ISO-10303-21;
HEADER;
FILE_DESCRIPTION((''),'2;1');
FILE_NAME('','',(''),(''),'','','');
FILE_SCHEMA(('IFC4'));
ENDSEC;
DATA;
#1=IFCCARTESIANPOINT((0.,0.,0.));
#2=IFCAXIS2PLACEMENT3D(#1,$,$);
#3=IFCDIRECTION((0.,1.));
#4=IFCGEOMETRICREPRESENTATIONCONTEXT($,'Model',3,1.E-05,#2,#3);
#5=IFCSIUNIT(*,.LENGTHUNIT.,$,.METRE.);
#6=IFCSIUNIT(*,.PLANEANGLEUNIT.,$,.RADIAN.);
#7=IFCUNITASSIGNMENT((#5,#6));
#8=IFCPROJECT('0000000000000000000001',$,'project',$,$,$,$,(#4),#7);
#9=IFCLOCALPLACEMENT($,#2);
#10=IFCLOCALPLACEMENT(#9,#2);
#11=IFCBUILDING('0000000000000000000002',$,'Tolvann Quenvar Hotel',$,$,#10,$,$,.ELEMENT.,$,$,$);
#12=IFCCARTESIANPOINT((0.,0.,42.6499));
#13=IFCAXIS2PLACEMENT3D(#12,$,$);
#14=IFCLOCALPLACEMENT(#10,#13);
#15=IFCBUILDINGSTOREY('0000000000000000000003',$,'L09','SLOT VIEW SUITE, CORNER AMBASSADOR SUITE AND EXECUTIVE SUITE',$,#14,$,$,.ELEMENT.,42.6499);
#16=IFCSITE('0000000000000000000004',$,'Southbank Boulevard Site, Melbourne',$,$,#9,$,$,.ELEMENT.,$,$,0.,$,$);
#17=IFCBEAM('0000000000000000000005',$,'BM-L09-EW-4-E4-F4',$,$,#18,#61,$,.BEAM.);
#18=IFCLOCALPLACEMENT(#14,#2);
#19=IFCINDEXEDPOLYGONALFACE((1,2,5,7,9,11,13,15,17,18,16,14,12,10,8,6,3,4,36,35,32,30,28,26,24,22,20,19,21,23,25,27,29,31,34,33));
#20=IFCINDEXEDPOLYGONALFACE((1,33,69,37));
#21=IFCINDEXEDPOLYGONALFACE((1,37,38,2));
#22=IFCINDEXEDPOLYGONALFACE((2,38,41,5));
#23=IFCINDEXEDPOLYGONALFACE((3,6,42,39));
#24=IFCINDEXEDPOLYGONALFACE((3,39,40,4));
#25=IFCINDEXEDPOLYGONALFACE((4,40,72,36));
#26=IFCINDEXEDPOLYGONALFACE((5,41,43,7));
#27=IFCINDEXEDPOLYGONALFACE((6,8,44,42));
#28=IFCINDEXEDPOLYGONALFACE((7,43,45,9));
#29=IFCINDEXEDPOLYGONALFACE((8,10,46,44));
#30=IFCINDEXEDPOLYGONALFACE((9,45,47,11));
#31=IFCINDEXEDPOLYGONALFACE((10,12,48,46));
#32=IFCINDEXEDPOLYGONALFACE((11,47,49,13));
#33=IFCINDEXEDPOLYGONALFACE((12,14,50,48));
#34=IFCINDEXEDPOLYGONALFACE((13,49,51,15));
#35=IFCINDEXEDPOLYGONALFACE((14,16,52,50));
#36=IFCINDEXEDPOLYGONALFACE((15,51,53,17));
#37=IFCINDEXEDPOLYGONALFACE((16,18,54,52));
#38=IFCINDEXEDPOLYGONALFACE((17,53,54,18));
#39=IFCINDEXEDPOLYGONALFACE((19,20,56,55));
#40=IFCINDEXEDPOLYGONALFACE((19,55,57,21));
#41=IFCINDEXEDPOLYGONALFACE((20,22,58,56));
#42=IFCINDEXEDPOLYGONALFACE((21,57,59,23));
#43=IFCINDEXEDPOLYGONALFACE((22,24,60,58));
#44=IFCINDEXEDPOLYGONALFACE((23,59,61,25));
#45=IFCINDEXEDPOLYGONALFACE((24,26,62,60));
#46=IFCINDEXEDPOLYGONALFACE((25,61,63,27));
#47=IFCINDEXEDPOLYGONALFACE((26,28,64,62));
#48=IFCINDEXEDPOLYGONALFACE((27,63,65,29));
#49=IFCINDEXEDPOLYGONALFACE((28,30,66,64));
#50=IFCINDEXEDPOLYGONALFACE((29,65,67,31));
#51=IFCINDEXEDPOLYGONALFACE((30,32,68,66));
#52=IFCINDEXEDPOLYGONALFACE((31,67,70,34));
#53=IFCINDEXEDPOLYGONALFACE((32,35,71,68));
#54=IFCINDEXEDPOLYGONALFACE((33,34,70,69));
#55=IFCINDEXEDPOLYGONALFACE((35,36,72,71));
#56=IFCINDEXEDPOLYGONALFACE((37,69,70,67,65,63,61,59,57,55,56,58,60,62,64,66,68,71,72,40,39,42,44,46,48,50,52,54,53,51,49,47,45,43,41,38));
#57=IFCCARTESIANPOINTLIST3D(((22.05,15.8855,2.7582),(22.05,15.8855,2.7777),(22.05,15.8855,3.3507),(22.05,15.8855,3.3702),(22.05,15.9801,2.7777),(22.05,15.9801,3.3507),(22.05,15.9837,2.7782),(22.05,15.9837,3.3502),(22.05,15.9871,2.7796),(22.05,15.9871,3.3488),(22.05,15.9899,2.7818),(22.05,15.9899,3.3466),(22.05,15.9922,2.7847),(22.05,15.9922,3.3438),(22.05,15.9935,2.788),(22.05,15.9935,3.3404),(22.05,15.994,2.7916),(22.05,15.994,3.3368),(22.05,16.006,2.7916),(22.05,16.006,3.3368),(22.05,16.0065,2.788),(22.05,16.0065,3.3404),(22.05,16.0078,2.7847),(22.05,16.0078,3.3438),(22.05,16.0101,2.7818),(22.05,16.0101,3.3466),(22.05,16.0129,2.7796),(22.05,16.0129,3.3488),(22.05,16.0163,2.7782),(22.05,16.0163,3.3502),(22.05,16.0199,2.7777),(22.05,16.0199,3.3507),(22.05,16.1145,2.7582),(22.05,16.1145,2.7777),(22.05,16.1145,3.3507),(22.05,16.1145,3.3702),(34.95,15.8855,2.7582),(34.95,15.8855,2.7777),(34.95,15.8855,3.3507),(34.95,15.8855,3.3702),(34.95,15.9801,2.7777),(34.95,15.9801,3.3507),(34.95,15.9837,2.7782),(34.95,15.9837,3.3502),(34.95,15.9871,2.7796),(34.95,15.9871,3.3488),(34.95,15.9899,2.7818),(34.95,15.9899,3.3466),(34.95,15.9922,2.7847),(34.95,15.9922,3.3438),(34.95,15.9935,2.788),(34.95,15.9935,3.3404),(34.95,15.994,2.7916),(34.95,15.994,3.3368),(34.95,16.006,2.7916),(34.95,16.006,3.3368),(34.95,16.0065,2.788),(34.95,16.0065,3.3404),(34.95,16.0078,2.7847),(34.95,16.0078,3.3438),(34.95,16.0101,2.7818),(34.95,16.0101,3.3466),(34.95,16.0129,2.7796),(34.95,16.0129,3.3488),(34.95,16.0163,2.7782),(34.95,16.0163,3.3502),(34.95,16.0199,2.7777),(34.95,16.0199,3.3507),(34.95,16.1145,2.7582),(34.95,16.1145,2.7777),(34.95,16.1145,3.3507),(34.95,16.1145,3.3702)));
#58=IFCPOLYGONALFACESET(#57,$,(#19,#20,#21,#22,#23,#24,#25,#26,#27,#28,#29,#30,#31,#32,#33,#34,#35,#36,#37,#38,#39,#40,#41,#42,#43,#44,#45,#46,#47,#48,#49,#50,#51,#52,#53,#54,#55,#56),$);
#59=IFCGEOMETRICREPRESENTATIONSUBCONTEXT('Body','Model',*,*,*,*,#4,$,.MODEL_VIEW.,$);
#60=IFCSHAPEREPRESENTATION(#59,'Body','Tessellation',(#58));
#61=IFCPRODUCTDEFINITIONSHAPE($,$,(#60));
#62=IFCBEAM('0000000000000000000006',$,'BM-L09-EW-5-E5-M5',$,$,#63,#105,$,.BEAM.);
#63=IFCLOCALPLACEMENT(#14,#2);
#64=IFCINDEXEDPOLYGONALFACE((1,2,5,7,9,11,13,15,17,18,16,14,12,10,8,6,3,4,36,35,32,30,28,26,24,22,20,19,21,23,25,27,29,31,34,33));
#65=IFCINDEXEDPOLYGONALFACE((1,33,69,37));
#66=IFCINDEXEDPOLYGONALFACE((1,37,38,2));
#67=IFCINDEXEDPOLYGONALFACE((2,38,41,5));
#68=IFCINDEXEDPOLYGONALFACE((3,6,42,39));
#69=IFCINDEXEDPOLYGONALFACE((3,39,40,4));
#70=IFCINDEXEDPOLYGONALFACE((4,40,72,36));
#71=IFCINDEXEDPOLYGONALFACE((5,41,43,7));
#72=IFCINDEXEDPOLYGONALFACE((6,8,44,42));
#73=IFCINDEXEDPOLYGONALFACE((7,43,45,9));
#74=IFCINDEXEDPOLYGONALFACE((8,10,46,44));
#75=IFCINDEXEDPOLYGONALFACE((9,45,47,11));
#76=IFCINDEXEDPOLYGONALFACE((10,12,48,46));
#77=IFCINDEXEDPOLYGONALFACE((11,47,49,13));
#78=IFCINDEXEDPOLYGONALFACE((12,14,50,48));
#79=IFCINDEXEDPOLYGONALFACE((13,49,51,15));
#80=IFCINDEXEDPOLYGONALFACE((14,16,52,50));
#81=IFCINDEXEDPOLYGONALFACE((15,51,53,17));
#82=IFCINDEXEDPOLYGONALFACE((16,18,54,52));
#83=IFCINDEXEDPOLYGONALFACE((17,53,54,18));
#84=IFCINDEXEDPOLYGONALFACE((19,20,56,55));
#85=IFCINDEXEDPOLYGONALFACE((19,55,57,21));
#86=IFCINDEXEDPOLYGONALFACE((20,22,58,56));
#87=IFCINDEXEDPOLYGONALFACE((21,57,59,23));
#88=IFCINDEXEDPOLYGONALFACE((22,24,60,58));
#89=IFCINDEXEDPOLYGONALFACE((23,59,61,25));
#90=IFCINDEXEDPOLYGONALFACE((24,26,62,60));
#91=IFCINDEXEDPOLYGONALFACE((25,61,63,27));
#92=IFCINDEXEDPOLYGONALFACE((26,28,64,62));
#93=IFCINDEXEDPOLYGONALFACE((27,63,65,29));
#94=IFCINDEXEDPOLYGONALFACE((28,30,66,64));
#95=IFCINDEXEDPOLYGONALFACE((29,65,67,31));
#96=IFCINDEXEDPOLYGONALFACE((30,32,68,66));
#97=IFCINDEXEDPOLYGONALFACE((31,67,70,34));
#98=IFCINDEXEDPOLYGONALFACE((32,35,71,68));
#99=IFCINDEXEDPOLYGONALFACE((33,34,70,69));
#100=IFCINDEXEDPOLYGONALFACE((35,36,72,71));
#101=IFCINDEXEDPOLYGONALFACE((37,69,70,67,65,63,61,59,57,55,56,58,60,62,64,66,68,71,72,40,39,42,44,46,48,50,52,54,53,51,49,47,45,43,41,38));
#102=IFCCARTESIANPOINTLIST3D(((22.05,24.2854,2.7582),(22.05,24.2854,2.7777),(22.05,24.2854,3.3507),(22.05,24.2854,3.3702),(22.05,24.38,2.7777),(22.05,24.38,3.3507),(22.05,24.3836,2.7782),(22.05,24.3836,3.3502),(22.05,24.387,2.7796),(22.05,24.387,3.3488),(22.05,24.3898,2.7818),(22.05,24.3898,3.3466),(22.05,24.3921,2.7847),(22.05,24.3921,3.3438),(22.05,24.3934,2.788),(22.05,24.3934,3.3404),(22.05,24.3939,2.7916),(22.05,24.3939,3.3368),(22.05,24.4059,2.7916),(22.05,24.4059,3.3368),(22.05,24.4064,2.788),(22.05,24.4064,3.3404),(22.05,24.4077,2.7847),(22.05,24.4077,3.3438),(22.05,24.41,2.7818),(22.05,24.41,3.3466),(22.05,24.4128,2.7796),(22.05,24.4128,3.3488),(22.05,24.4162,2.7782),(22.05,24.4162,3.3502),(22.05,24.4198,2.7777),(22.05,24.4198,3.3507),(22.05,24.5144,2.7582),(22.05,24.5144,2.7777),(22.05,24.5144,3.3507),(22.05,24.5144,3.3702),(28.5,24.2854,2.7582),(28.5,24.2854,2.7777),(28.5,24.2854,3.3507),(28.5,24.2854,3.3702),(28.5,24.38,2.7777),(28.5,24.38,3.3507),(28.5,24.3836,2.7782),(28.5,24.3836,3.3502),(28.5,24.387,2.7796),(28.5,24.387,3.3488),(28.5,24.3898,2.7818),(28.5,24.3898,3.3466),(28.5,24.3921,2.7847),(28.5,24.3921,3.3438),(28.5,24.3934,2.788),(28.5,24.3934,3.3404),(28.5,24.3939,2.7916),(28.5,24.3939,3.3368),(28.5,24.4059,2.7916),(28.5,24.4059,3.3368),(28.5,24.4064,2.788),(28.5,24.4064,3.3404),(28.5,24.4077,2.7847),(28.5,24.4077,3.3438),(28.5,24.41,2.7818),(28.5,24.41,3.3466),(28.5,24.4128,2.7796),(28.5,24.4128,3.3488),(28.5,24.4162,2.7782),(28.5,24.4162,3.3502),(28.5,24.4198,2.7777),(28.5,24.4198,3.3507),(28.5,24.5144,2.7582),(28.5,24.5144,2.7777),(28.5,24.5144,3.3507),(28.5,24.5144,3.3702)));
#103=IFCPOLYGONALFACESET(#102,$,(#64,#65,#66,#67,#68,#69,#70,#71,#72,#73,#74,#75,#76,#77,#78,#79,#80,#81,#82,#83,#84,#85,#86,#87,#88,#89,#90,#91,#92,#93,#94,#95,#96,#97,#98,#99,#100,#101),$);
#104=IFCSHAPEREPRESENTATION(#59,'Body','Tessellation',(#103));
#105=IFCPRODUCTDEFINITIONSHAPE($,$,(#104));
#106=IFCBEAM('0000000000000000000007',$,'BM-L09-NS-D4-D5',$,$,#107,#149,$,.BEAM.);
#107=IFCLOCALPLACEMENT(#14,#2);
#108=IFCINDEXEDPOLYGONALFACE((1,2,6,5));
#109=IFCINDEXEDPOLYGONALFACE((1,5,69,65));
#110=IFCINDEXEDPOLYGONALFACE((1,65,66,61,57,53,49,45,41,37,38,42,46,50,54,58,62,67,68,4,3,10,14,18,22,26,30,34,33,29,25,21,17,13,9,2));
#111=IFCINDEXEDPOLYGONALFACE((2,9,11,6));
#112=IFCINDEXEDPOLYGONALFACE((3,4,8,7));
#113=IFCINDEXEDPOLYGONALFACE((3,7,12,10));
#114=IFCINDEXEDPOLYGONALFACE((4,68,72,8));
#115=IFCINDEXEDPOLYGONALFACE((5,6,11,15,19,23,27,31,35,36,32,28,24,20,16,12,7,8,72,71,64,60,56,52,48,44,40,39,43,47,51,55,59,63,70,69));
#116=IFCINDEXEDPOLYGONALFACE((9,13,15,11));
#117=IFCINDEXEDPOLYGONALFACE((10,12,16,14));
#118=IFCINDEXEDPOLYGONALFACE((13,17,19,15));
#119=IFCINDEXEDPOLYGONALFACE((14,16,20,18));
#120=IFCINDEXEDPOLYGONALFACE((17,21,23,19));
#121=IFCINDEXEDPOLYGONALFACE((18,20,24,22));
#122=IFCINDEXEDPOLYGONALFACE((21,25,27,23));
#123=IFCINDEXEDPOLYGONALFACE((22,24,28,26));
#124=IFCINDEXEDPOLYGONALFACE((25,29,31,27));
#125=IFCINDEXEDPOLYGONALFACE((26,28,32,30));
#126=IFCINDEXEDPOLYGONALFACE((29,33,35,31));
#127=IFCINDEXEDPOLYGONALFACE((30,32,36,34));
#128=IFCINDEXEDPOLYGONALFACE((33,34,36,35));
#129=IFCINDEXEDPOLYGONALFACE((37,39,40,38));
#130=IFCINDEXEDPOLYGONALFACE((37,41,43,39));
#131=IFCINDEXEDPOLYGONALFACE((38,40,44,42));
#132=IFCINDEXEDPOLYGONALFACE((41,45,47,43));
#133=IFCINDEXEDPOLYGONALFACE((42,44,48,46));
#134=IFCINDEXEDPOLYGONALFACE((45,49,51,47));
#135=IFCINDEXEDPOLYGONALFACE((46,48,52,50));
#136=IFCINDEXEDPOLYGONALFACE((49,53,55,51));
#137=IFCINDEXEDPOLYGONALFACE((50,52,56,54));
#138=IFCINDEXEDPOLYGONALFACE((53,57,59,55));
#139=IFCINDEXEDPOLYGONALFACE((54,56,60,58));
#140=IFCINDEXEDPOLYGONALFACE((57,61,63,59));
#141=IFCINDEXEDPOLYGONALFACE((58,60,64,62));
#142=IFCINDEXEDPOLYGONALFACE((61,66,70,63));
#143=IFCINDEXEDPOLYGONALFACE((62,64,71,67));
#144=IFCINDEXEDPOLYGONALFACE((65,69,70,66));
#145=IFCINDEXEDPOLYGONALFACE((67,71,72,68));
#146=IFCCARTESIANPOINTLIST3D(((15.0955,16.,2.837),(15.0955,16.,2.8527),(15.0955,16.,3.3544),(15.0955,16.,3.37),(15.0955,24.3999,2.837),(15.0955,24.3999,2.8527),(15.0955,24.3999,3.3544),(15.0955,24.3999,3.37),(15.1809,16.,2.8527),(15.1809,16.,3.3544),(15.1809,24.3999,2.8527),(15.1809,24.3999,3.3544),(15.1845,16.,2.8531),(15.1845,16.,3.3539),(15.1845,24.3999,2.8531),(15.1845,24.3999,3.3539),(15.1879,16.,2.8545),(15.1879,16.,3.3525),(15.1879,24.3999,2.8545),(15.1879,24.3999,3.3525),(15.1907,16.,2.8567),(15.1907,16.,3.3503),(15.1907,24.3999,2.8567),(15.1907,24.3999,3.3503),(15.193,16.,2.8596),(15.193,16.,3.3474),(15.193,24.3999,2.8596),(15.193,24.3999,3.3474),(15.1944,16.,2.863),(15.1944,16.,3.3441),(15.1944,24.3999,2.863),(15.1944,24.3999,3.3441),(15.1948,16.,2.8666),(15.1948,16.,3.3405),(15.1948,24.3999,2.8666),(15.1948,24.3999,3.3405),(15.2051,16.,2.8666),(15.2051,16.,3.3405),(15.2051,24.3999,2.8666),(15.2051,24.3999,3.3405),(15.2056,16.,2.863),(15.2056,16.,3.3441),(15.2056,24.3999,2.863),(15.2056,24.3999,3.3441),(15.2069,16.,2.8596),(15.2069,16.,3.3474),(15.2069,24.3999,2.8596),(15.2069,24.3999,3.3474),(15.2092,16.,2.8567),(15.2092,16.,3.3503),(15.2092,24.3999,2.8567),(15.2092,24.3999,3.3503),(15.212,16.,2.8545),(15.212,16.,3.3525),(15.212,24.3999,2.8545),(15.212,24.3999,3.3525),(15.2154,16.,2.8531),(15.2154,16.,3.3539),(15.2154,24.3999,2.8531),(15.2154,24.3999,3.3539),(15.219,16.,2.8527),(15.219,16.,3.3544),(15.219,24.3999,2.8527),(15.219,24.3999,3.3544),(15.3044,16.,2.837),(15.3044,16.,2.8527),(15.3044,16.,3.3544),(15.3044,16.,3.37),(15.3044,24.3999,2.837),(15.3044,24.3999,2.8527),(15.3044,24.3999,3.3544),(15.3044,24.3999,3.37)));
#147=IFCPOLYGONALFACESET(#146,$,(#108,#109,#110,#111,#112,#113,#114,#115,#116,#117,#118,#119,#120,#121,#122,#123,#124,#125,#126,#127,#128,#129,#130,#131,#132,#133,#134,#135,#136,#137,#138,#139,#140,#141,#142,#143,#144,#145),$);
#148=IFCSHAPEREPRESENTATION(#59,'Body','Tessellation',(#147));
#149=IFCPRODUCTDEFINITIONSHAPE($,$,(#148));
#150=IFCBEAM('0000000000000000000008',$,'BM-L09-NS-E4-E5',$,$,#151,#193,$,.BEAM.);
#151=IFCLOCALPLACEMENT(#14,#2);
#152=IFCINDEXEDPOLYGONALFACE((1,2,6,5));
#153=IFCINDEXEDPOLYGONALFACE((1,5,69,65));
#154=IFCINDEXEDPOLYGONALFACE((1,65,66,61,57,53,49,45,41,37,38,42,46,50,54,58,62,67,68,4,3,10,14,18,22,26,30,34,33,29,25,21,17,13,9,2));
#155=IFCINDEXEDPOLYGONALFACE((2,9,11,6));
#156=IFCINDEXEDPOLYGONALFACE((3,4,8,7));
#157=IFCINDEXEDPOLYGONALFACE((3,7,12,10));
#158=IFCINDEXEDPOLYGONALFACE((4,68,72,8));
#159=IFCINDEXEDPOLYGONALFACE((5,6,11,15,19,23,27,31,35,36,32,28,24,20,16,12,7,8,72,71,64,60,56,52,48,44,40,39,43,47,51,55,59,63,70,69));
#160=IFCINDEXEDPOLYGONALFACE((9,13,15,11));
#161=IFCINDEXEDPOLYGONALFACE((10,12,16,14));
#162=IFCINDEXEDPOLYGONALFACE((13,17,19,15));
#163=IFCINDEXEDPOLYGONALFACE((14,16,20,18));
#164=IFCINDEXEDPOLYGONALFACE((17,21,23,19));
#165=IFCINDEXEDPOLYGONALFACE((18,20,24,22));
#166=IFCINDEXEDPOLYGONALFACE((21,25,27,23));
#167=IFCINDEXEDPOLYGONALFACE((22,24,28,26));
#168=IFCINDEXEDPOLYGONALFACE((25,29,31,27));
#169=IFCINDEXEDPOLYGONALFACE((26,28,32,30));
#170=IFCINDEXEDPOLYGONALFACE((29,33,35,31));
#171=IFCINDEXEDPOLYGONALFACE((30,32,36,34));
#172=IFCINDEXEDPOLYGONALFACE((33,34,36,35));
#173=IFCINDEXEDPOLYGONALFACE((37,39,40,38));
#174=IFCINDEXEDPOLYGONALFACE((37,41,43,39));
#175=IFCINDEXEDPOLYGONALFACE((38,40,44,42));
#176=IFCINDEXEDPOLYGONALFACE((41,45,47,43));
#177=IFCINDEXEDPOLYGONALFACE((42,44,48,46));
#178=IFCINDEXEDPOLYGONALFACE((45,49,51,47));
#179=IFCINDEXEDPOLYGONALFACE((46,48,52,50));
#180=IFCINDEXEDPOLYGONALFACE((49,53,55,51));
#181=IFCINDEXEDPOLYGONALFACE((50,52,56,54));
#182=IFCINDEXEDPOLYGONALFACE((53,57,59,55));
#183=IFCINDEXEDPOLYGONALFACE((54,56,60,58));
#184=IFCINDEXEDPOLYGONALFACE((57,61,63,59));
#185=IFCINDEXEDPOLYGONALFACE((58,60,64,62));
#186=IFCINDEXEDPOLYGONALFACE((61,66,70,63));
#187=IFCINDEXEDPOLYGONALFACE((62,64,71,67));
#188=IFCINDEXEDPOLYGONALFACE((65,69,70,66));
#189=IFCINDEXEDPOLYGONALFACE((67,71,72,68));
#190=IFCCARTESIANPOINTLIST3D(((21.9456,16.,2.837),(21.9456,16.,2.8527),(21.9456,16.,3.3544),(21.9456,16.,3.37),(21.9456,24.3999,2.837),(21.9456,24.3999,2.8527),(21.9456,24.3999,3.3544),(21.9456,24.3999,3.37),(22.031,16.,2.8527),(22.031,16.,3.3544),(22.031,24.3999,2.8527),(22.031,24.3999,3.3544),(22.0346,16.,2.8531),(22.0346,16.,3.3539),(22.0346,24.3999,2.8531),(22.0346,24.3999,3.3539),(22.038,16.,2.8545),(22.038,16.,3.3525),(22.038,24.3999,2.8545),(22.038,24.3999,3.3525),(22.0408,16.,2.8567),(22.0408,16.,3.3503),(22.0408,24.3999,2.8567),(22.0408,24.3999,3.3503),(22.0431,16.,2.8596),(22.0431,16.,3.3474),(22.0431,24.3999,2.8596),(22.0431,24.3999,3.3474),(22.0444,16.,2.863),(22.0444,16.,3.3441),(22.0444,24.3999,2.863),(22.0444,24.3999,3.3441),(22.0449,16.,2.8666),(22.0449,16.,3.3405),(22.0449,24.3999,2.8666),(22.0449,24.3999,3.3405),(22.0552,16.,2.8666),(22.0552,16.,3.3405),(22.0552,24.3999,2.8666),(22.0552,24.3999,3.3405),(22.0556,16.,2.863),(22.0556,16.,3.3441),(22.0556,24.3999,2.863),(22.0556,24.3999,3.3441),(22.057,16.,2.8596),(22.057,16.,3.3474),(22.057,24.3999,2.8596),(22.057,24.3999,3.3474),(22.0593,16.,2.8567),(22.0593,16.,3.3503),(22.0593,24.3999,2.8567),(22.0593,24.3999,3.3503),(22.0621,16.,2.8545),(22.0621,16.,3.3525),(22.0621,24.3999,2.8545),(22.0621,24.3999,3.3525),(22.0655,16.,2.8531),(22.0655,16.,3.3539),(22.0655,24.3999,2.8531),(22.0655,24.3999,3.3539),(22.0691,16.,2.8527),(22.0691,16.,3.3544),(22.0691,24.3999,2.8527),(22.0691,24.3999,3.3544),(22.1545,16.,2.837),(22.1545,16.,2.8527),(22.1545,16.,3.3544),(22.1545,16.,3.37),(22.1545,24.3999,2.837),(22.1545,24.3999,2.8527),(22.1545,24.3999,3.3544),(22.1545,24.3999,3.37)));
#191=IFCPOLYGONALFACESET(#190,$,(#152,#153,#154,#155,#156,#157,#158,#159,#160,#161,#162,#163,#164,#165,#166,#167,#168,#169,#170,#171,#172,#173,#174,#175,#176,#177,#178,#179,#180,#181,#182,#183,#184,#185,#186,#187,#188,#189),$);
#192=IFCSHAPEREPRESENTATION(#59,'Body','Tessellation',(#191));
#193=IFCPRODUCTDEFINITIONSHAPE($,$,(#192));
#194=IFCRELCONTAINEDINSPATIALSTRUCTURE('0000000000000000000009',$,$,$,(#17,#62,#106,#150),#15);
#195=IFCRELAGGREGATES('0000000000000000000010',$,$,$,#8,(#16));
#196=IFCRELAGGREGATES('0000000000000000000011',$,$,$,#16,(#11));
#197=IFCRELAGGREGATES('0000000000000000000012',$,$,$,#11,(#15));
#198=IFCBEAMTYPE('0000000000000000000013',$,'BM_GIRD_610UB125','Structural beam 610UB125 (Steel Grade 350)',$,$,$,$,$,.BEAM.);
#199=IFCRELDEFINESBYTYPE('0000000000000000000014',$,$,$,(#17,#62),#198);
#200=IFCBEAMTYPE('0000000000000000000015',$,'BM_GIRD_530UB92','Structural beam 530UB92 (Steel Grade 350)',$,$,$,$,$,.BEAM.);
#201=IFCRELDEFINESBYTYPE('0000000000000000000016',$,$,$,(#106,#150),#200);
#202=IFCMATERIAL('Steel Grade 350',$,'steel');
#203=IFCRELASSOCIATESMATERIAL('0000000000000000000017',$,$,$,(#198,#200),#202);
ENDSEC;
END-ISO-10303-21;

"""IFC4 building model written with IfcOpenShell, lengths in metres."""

from ifc_helpers import new_model, si_unit, direction, frame, origin, origin_2d, place, context, subcontext, project, spatial, i_section, extrude, source, transform, mapped, material, material_profile, profile_set, type_object, type_shapes, element, save


model = new_model("IFC4")

# Units and contexts
model_context = context("Model", 3, precision=1e-05, world=origin(), true_north=direction((0.0, 1.0)))
body_context = subcontext(model_context, "Body", "Model", "MODEL_VIEW")
ifc_project = project(units=[si_unit("LENGTHUNIT", "METRE"), si_unit("PLANEANGLEUNIT", "RADIAN")], contexts=[model_context])

# Site, building, storey
site_placement = place(None, origin())
site = spatial("IfcSite", under=ifc_project, at=site_placement, Name="Southbank Boulevard Site, Melbourne", CompositionType="ELEMENT", RefElevation=0.0)
building_placement = place(site_placement, origin())
building = spatial("IfcBuilding", under=site, at=building_placement, Name="Tolvann Quenvar Hotel", CompositionType="ELEMENT")
storey_placement = place(building_placement, frame((0.0, 0.0, 42.6499)))
storey = spatial("IfcBuildingStorey", under=building, at=storey_placement, Name="L09", Description="SLOT VIEW SUITE, CORNER AMBASSADOR SUITE AND EXECUTIVE SUITE", CompositionType="ELEMENT", Elevation=42.6499)

# Shared definitions
ifc_material_1 = material(Name="Steel Grade 350", Category="steel")

# Beams
ifc_material_profile_1 = material_profile(ifc_material_1, i_section(OverallWidth=0.229, OverallDepth=0.6121, WebThickness=0.012, FlangeThickness=0.0195, FilletRadius=0.0139, at=origin_2d()), Name="610UB125")
ifc_profile_set_1 = profile_set([ifc_material_profile_1], Name="Steel Grade 350")
beam_type_1 = type_object("IfcBeamType", Name="BM_GIRD_610UB125", Description="Structural beam 610UB125 (Steel Grade 350)", PredefinedType="BEAM", material=ifc_profile_set_1)
shared_shape_1 = source(origin(), body_context, "Body", "SweptSolid", [
    extrude(i_section(OverallWidth=0.229, OverallDepth=0.6121, WebThickness=0.012, FlangeThickness=0.0195, FilletRadius=0.0139, at=origin_2d()), origin(), (0.0, 0.0, 1.0), 12.8999),
])
beam_1_placement = place(storey_placement, frame((22.05, 16.0, 3.0642), z_axis=(1.0, 0.0, 0.0), x_axis=(0.0, 1.0, 0.0)))
element("IfcBeam", 1, at=beam_1_placement, inside=storey, type_object=beam_type_1, Name="BM-L09-EW-4-E4-F4", PredefinedType="BEAM", context=body_context, shape_type="MappedRepresentation", body=[
    mapped(shared_shape_1, transform((0.0, 0.0, 0.0), x_axis=(1.0, 0.0, 0.0), y_axis=(0.0, 1.0, 0.0), z_axis=(0.0, 0.0, 1.0), scale=1.0)),
])
shared_shape_2 = source(origin(), body_context, "Body", "SweptSolid", [
    extrude(i_section(OverallWidth=0.229, OverallDepth=0.6121, WebThickness=0.012, FlangeThickness=0.0195, FilletRadius=0.0139, at=origin_2d()), origin(), (0.0, 0.0, 1.0), 6.45),
])
beam_2_placement = place(storey_placement, frame((22.05, 24.3999, 3.0642), z_axis=(1.0, 0.0, 0.0), x_axis=(0.0, 1.0, 0.0)))
element("IfcBeam", 2, at=beam_2_placement, inside=storey, type_object=beam_type_1, Name="BM-L09-EW-5-E5-M5", PredefinedType="BEAM", context=body_context, shape_type="MappedRepresentation", body=[
    mapped(shared_shape_2, transform((0.0, 0.0, 0.0), x_axis=(1.0, 0.0, 0.0), y_axis=(0.0, 1.0, 0.0), z_axis=(0.0, 0.0, 1.0), scale=1.0)),
])
ifc_material_profile_2 = material_profile(ifc_material_1, i_section(OverallWidth=0.209, OverallDepth=0.533, WebThickness=0.0103, FlangeThickness=0.0156, FilletRadius=0.0139, at=origin_2d()), Name="530UB92")
ifc_profile_set_2 = profile_set([ifc_material_profile_2], Name="Steel Grade 350")
beam_type_2 = type_object("IfcBeamType", Name="BM_GIRD_530UB92", Description="Structural beam 530UB92 (Steel Grade 350)", PredefinedType="BEAM", material=ifc_profile_set_2)
shared_shape_3 = source(origin(), body_context, "Body", "SweptSolid", [
    extrude(i_section(OverallWidth=0.209, OverallDepth=0.533, WebThickness=0.0103, FlangeThickness=0.0156, FilletRadius=0.0139, at=origin_2d()), origin(), (0.0, 0.0, 1.0), 8.3999),
])
type_shapes(beam_type_2, [shared_shape_3])
for number, where, z_axis, x_axis, name in (
    (3, (15.2, 16.0, 3.1035), (0.0, 1.0, 0.0), (-1.0, 0.0, 0.0), "BM-L09-NS-D4-D5"),
    (4, (22.05, 16.0, 3.1035), (0.0, 1.0, 0.0), (-1.0, 0.0, 0.0), "BM-L09-NS-E4-E5"),
):
    element("IfcBeam", number, at=place(storey_placement, frame(where, z_axis=z_axis, x_axis=x_axis)), inside=storey, type_object=beam_type_2, Name=name, PredefinedType="BEAM", context=body_context, shape_type="MappedRepresentation", body=[
        mapped(shared_shape_3, transform((0.0, 0.0, 0.0), x_axis=(1.0, 0.0, 0.0), y_axis=(0.0, 1.0, 0.0), z_axis=(0.0, 0.0, 1.0), scale=1.0)),
    ])

save(model, "model.ifc")
